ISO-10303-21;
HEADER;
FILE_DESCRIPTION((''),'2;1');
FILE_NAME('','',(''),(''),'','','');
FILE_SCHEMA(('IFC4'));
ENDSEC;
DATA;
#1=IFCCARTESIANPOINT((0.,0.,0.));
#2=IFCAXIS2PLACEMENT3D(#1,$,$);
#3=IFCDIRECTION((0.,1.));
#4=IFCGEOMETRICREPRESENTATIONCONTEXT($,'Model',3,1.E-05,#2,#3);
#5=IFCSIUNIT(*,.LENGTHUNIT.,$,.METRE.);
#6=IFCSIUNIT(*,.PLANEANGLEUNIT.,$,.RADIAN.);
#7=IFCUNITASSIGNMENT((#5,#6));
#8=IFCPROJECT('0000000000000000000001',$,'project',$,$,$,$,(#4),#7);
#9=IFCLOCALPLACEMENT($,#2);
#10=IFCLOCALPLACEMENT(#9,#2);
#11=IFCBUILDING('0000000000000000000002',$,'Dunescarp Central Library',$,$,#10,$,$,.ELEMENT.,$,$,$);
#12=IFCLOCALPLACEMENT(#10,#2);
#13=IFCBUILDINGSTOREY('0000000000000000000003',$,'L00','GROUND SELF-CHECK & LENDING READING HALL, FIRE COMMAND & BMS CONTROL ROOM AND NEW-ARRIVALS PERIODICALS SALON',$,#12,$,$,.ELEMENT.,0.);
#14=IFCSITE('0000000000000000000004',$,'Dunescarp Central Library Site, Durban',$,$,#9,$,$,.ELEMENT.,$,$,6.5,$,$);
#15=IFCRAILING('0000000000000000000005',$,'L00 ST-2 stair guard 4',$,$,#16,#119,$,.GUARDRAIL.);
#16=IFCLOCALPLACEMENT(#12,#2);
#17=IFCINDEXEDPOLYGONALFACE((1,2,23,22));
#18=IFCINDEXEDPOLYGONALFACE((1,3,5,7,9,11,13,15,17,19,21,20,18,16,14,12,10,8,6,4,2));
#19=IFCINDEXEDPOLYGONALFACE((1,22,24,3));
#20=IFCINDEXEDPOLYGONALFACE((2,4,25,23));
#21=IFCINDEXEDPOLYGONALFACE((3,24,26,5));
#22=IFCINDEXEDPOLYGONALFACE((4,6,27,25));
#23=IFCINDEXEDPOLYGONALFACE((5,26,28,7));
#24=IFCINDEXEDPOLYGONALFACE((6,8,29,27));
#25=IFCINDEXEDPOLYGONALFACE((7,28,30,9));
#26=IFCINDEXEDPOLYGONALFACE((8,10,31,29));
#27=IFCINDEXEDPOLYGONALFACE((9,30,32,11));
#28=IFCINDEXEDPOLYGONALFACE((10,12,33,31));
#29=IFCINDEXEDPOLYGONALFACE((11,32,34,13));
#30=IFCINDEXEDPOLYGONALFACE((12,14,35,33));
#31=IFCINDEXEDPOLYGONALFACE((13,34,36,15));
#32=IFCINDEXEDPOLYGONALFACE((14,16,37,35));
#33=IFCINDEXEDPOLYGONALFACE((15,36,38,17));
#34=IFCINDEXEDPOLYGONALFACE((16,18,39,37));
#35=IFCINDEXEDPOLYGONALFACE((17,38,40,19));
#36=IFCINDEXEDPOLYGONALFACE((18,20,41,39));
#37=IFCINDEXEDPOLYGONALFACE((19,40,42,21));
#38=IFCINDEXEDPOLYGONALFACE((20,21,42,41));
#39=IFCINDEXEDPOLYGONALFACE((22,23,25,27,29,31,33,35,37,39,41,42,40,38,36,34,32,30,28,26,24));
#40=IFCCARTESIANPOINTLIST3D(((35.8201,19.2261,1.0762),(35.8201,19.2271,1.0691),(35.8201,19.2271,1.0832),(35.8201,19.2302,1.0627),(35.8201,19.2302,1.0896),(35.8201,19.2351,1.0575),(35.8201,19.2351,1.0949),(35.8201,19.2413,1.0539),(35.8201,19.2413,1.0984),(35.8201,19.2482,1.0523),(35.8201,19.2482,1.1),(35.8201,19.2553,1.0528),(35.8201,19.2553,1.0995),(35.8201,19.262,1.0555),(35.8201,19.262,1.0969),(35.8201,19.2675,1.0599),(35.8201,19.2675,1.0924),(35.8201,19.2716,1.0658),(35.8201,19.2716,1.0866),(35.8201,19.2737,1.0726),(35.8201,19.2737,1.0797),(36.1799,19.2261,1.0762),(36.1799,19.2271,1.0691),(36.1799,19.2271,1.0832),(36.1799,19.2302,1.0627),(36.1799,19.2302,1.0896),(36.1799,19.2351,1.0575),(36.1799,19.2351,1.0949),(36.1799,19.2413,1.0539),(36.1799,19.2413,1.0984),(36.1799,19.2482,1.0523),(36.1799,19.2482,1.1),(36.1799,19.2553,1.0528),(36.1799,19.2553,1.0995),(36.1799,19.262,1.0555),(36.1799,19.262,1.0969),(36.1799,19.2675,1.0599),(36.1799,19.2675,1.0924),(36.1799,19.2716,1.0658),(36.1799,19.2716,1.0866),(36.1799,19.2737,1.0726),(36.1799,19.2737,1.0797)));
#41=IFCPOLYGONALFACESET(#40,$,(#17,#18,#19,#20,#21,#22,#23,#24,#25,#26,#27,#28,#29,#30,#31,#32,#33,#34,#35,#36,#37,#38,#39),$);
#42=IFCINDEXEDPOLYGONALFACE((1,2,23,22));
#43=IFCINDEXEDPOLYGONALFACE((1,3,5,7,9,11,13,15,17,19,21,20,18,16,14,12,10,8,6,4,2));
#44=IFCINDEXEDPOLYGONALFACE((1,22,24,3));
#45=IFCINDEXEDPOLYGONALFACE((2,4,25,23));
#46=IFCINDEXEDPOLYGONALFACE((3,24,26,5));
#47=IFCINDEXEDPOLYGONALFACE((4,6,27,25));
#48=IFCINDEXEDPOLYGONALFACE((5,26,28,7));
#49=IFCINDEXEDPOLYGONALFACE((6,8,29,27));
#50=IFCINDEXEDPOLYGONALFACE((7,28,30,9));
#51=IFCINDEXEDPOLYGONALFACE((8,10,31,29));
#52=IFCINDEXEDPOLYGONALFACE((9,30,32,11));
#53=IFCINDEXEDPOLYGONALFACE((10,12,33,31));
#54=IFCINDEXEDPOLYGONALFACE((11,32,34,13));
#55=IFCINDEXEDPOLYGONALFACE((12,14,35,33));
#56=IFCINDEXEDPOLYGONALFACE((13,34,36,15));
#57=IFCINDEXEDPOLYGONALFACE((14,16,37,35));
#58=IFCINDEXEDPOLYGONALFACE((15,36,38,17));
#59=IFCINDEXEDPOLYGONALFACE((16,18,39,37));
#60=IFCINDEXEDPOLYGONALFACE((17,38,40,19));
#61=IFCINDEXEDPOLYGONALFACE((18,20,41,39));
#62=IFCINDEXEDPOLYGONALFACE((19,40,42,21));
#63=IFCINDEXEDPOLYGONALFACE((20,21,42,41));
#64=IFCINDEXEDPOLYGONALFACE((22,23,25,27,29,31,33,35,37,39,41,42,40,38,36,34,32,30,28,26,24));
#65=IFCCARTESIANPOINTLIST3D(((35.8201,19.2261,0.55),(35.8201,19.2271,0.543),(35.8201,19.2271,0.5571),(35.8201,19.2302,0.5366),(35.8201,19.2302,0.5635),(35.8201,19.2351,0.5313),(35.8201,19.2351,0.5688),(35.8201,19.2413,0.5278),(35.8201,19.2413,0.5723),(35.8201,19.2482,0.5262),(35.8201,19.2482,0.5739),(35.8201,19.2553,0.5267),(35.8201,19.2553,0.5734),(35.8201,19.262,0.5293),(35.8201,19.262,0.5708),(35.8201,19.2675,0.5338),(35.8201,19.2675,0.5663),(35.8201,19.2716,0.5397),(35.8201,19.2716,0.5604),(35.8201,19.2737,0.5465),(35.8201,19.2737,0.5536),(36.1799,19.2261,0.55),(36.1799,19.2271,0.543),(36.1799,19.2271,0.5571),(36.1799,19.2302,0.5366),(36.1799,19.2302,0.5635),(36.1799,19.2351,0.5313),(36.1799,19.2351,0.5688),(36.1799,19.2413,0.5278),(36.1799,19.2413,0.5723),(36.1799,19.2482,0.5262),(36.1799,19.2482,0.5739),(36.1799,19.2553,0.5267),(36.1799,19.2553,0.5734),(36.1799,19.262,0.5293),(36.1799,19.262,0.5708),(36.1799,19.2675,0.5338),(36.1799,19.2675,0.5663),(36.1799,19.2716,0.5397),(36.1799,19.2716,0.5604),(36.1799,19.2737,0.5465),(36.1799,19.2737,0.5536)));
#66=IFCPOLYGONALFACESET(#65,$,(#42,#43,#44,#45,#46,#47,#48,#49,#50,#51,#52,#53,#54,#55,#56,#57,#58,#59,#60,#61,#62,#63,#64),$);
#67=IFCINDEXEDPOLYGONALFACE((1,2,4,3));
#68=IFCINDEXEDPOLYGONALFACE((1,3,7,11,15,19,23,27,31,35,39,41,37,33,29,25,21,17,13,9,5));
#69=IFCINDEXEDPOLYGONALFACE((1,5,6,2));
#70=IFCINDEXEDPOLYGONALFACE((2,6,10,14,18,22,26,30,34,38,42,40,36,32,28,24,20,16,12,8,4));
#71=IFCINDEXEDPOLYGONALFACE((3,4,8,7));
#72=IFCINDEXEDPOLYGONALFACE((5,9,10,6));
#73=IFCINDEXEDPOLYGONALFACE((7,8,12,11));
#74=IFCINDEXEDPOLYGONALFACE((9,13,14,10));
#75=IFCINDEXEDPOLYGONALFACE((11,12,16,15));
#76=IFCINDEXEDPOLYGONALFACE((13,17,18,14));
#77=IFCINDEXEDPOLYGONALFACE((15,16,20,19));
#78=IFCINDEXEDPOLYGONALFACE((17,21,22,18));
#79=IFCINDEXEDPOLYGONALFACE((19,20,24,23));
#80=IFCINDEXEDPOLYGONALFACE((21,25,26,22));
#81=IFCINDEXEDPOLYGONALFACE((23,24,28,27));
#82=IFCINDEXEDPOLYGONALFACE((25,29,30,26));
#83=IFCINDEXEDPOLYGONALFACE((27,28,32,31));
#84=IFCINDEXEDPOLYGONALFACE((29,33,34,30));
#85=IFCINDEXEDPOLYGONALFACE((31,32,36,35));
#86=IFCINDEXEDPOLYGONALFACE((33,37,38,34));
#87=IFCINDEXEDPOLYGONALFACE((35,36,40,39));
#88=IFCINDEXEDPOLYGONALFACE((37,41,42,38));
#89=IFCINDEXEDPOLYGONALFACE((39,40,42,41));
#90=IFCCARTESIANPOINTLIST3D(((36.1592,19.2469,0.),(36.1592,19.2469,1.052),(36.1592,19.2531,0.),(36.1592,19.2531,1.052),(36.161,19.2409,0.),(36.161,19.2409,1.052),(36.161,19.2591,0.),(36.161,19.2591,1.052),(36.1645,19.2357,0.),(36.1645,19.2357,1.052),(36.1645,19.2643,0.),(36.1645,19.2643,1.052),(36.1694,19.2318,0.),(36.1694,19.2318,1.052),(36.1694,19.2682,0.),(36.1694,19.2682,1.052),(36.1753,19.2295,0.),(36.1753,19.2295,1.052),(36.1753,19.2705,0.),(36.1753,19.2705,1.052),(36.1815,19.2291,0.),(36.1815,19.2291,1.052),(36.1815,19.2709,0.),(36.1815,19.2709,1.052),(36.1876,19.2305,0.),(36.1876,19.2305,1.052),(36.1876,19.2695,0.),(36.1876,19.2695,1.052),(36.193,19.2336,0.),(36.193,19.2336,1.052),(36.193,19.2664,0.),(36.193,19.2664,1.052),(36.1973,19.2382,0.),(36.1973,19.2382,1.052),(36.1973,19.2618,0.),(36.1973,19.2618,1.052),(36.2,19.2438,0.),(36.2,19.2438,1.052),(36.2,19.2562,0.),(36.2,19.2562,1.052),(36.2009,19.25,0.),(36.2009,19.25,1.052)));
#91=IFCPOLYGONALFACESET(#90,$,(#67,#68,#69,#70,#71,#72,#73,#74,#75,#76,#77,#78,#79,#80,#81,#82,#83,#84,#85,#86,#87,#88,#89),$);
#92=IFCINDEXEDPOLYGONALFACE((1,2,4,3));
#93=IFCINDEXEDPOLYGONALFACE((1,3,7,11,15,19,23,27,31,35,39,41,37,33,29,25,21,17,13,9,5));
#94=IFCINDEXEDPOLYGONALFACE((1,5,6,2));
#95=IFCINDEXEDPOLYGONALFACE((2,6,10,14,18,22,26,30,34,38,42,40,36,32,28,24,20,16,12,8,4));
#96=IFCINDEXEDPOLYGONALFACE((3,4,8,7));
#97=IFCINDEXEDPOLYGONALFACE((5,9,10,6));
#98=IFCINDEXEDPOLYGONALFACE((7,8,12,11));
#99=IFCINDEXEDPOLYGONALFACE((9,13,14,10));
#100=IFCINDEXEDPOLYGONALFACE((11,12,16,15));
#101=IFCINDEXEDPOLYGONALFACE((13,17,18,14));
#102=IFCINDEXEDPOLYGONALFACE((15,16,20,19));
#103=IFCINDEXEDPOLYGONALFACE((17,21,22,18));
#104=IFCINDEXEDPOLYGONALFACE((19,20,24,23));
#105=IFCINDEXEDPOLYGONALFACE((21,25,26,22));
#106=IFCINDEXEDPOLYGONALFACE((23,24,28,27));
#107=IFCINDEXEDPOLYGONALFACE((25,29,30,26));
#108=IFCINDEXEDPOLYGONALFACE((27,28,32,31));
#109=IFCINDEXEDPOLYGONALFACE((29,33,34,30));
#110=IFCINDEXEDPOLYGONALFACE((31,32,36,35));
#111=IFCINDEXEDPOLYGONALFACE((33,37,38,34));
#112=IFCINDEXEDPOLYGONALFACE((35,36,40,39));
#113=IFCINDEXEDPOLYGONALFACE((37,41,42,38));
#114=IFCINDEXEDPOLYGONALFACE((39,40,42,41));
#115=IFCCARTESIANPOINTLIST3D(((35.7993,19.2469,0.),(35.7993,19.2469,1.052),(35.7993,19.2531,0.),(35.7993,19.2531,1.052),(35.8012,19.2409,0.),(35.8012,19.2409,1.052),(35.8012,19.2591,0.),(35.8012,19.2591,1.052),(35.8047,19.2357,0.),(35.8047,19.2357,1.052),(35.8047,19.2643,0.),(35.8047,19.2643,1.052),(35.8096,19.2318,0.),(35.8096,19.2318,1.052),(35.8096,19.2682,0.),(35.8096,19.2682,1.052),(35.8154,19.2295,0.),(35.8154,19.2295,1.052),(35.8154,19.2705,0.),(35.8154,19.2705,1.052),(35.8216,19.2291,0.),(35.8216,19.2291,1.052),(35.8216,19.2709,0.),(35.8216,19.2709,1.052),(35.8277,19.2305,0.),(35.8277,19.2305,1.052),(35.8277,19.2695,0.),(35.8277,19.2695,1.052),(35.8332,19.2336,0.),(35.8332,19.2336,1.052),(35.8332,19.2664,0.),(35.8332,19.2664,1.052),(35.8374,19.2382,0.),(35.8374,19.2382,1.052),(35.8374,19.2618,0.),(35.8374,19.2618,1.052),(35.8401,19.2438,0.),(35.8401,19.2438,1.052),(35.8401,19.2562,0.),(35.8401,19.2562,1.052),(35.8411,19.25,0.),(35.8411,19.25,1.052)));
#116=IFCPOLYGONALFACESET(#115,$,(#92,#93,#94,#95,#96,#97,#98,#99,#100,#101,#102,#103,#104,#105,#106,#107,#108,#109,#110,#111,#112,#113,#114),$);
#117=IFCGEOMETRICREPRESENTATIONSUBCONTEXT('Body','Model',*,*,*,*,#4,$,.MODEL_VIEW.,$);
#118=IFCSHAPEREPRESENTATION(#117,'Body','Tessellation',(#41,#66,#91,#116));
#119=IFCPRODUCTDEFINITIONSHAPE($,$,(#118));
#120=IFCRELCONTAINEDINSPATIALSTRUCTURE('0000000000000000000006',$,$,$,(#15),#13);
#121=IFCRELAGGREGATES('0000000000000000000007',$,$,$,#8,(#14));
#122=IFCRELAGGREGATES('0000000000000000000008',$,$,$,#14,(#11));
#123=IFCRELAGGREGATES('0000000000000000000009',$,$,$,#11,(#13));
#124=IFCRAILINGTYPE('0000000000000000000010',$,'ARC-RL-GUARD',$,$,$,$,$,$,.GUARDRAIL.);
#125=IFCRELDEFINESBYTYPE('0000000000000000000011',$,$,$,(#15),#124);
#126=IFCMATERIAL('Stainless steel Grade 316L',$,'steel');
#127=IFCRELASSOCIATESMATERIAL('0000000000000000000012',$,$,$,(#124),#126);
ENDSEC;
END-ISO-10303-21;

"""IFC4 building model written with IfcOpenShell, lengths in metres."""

from ifc_helpers import new_model, si_unit, direction, frame, origin, origin_2d, place, context, subcontext, project, spatial, circle, extrude, material, type_object, element, save


model = new_model("IFC4")

# Units and contexts
model_context = context("Model", 3, precision=1e-05, world=origin(), true_north=direction((0.0, 1.0)))
body_context = subcontext(model_context, "Body", "Model", "MODEL_VIEW")
ifc_project = project(units=[si_unit("LENGTHUNIT", "METRE"), si_unit("PLANEANGLEUNIT", "RADIAN")], contexts=[model_context])

# Site, building, storey
site_placement = place(None, origin())
site = spatial("IfcSite", under=ifc_project, at=site_placement, Name="Dunescarp Central Library Site, Durban", CompositionType="ELEMENT", RefElevation=6.5)
building_placement = place(site_placement, origin())
building = spatial("IfcBuilding", under=site, at=building_placement, Name="Dunescarp Central Library", CompositionType="ELEMENT")
storey_placement = place(building_placement, origin())
storey = spatial("IfcBuildingStorey", under=building, at=storey_placement, Name="L00", Description="GROUND SELF-CHECK & LENDING READING HALL, FIRE COMMAND & BMS CONTROL ROOM AND NEW-ARRIVALS PERIODICALS SALON", CompositionType="ELEMENT", Elevation=0.0)

# Railing
ifc_material_1 = material(Name="Stainless steel Grade 316L", Category="steel")
railing_type_1 = type_object("IfcRailingType", Name="ARC-RL-GUARD", PredefinedType="GUARDRAIL", material=ifc_material_1)
railing_1_placement = place(storey_placement, frame((36.1799, 19.25, 0.0)))
element("IfcRailing", 1, at=railing_1_placement, inside=storey, type_object=railing_type_1, Name="L00 ST-2 stair guard 4", PredefinedType="GUARDRAIL", context=body_context, shape_type="SweptSolid", body=[
    extrude(circle(Radius=0.0239, at=origin_2d()), frame((0.0, 0.0, 1.0762), z_axis=(-1.0, 0.0, 0.0), x_axis=(0.0, -1.0, 0.0)), (0.0, 0.0, 1.0), 0.3599),
    extrude(circle(Radius=0.0239, at=origin_2d()), frame((0.0, 0.0, 0.55), z_axis=(-1.0, 0.0, 0.0), x_axis=(0.0, -1.0, 0.0)), (0.0, 0.0, 1.0), 0.3599),
    extrude(circle(Radius=0.021, at=origin_2d()), origin(), (0.0, 0.0, 1.0), 1.052),
    extrude(circle(Radius=0.021, at=origin_2d()), frame((-0.3599, 0.0, 0.0)), (0.0, 0.0, 1.0), 1.052),
])

save(model, "model.ifc")
